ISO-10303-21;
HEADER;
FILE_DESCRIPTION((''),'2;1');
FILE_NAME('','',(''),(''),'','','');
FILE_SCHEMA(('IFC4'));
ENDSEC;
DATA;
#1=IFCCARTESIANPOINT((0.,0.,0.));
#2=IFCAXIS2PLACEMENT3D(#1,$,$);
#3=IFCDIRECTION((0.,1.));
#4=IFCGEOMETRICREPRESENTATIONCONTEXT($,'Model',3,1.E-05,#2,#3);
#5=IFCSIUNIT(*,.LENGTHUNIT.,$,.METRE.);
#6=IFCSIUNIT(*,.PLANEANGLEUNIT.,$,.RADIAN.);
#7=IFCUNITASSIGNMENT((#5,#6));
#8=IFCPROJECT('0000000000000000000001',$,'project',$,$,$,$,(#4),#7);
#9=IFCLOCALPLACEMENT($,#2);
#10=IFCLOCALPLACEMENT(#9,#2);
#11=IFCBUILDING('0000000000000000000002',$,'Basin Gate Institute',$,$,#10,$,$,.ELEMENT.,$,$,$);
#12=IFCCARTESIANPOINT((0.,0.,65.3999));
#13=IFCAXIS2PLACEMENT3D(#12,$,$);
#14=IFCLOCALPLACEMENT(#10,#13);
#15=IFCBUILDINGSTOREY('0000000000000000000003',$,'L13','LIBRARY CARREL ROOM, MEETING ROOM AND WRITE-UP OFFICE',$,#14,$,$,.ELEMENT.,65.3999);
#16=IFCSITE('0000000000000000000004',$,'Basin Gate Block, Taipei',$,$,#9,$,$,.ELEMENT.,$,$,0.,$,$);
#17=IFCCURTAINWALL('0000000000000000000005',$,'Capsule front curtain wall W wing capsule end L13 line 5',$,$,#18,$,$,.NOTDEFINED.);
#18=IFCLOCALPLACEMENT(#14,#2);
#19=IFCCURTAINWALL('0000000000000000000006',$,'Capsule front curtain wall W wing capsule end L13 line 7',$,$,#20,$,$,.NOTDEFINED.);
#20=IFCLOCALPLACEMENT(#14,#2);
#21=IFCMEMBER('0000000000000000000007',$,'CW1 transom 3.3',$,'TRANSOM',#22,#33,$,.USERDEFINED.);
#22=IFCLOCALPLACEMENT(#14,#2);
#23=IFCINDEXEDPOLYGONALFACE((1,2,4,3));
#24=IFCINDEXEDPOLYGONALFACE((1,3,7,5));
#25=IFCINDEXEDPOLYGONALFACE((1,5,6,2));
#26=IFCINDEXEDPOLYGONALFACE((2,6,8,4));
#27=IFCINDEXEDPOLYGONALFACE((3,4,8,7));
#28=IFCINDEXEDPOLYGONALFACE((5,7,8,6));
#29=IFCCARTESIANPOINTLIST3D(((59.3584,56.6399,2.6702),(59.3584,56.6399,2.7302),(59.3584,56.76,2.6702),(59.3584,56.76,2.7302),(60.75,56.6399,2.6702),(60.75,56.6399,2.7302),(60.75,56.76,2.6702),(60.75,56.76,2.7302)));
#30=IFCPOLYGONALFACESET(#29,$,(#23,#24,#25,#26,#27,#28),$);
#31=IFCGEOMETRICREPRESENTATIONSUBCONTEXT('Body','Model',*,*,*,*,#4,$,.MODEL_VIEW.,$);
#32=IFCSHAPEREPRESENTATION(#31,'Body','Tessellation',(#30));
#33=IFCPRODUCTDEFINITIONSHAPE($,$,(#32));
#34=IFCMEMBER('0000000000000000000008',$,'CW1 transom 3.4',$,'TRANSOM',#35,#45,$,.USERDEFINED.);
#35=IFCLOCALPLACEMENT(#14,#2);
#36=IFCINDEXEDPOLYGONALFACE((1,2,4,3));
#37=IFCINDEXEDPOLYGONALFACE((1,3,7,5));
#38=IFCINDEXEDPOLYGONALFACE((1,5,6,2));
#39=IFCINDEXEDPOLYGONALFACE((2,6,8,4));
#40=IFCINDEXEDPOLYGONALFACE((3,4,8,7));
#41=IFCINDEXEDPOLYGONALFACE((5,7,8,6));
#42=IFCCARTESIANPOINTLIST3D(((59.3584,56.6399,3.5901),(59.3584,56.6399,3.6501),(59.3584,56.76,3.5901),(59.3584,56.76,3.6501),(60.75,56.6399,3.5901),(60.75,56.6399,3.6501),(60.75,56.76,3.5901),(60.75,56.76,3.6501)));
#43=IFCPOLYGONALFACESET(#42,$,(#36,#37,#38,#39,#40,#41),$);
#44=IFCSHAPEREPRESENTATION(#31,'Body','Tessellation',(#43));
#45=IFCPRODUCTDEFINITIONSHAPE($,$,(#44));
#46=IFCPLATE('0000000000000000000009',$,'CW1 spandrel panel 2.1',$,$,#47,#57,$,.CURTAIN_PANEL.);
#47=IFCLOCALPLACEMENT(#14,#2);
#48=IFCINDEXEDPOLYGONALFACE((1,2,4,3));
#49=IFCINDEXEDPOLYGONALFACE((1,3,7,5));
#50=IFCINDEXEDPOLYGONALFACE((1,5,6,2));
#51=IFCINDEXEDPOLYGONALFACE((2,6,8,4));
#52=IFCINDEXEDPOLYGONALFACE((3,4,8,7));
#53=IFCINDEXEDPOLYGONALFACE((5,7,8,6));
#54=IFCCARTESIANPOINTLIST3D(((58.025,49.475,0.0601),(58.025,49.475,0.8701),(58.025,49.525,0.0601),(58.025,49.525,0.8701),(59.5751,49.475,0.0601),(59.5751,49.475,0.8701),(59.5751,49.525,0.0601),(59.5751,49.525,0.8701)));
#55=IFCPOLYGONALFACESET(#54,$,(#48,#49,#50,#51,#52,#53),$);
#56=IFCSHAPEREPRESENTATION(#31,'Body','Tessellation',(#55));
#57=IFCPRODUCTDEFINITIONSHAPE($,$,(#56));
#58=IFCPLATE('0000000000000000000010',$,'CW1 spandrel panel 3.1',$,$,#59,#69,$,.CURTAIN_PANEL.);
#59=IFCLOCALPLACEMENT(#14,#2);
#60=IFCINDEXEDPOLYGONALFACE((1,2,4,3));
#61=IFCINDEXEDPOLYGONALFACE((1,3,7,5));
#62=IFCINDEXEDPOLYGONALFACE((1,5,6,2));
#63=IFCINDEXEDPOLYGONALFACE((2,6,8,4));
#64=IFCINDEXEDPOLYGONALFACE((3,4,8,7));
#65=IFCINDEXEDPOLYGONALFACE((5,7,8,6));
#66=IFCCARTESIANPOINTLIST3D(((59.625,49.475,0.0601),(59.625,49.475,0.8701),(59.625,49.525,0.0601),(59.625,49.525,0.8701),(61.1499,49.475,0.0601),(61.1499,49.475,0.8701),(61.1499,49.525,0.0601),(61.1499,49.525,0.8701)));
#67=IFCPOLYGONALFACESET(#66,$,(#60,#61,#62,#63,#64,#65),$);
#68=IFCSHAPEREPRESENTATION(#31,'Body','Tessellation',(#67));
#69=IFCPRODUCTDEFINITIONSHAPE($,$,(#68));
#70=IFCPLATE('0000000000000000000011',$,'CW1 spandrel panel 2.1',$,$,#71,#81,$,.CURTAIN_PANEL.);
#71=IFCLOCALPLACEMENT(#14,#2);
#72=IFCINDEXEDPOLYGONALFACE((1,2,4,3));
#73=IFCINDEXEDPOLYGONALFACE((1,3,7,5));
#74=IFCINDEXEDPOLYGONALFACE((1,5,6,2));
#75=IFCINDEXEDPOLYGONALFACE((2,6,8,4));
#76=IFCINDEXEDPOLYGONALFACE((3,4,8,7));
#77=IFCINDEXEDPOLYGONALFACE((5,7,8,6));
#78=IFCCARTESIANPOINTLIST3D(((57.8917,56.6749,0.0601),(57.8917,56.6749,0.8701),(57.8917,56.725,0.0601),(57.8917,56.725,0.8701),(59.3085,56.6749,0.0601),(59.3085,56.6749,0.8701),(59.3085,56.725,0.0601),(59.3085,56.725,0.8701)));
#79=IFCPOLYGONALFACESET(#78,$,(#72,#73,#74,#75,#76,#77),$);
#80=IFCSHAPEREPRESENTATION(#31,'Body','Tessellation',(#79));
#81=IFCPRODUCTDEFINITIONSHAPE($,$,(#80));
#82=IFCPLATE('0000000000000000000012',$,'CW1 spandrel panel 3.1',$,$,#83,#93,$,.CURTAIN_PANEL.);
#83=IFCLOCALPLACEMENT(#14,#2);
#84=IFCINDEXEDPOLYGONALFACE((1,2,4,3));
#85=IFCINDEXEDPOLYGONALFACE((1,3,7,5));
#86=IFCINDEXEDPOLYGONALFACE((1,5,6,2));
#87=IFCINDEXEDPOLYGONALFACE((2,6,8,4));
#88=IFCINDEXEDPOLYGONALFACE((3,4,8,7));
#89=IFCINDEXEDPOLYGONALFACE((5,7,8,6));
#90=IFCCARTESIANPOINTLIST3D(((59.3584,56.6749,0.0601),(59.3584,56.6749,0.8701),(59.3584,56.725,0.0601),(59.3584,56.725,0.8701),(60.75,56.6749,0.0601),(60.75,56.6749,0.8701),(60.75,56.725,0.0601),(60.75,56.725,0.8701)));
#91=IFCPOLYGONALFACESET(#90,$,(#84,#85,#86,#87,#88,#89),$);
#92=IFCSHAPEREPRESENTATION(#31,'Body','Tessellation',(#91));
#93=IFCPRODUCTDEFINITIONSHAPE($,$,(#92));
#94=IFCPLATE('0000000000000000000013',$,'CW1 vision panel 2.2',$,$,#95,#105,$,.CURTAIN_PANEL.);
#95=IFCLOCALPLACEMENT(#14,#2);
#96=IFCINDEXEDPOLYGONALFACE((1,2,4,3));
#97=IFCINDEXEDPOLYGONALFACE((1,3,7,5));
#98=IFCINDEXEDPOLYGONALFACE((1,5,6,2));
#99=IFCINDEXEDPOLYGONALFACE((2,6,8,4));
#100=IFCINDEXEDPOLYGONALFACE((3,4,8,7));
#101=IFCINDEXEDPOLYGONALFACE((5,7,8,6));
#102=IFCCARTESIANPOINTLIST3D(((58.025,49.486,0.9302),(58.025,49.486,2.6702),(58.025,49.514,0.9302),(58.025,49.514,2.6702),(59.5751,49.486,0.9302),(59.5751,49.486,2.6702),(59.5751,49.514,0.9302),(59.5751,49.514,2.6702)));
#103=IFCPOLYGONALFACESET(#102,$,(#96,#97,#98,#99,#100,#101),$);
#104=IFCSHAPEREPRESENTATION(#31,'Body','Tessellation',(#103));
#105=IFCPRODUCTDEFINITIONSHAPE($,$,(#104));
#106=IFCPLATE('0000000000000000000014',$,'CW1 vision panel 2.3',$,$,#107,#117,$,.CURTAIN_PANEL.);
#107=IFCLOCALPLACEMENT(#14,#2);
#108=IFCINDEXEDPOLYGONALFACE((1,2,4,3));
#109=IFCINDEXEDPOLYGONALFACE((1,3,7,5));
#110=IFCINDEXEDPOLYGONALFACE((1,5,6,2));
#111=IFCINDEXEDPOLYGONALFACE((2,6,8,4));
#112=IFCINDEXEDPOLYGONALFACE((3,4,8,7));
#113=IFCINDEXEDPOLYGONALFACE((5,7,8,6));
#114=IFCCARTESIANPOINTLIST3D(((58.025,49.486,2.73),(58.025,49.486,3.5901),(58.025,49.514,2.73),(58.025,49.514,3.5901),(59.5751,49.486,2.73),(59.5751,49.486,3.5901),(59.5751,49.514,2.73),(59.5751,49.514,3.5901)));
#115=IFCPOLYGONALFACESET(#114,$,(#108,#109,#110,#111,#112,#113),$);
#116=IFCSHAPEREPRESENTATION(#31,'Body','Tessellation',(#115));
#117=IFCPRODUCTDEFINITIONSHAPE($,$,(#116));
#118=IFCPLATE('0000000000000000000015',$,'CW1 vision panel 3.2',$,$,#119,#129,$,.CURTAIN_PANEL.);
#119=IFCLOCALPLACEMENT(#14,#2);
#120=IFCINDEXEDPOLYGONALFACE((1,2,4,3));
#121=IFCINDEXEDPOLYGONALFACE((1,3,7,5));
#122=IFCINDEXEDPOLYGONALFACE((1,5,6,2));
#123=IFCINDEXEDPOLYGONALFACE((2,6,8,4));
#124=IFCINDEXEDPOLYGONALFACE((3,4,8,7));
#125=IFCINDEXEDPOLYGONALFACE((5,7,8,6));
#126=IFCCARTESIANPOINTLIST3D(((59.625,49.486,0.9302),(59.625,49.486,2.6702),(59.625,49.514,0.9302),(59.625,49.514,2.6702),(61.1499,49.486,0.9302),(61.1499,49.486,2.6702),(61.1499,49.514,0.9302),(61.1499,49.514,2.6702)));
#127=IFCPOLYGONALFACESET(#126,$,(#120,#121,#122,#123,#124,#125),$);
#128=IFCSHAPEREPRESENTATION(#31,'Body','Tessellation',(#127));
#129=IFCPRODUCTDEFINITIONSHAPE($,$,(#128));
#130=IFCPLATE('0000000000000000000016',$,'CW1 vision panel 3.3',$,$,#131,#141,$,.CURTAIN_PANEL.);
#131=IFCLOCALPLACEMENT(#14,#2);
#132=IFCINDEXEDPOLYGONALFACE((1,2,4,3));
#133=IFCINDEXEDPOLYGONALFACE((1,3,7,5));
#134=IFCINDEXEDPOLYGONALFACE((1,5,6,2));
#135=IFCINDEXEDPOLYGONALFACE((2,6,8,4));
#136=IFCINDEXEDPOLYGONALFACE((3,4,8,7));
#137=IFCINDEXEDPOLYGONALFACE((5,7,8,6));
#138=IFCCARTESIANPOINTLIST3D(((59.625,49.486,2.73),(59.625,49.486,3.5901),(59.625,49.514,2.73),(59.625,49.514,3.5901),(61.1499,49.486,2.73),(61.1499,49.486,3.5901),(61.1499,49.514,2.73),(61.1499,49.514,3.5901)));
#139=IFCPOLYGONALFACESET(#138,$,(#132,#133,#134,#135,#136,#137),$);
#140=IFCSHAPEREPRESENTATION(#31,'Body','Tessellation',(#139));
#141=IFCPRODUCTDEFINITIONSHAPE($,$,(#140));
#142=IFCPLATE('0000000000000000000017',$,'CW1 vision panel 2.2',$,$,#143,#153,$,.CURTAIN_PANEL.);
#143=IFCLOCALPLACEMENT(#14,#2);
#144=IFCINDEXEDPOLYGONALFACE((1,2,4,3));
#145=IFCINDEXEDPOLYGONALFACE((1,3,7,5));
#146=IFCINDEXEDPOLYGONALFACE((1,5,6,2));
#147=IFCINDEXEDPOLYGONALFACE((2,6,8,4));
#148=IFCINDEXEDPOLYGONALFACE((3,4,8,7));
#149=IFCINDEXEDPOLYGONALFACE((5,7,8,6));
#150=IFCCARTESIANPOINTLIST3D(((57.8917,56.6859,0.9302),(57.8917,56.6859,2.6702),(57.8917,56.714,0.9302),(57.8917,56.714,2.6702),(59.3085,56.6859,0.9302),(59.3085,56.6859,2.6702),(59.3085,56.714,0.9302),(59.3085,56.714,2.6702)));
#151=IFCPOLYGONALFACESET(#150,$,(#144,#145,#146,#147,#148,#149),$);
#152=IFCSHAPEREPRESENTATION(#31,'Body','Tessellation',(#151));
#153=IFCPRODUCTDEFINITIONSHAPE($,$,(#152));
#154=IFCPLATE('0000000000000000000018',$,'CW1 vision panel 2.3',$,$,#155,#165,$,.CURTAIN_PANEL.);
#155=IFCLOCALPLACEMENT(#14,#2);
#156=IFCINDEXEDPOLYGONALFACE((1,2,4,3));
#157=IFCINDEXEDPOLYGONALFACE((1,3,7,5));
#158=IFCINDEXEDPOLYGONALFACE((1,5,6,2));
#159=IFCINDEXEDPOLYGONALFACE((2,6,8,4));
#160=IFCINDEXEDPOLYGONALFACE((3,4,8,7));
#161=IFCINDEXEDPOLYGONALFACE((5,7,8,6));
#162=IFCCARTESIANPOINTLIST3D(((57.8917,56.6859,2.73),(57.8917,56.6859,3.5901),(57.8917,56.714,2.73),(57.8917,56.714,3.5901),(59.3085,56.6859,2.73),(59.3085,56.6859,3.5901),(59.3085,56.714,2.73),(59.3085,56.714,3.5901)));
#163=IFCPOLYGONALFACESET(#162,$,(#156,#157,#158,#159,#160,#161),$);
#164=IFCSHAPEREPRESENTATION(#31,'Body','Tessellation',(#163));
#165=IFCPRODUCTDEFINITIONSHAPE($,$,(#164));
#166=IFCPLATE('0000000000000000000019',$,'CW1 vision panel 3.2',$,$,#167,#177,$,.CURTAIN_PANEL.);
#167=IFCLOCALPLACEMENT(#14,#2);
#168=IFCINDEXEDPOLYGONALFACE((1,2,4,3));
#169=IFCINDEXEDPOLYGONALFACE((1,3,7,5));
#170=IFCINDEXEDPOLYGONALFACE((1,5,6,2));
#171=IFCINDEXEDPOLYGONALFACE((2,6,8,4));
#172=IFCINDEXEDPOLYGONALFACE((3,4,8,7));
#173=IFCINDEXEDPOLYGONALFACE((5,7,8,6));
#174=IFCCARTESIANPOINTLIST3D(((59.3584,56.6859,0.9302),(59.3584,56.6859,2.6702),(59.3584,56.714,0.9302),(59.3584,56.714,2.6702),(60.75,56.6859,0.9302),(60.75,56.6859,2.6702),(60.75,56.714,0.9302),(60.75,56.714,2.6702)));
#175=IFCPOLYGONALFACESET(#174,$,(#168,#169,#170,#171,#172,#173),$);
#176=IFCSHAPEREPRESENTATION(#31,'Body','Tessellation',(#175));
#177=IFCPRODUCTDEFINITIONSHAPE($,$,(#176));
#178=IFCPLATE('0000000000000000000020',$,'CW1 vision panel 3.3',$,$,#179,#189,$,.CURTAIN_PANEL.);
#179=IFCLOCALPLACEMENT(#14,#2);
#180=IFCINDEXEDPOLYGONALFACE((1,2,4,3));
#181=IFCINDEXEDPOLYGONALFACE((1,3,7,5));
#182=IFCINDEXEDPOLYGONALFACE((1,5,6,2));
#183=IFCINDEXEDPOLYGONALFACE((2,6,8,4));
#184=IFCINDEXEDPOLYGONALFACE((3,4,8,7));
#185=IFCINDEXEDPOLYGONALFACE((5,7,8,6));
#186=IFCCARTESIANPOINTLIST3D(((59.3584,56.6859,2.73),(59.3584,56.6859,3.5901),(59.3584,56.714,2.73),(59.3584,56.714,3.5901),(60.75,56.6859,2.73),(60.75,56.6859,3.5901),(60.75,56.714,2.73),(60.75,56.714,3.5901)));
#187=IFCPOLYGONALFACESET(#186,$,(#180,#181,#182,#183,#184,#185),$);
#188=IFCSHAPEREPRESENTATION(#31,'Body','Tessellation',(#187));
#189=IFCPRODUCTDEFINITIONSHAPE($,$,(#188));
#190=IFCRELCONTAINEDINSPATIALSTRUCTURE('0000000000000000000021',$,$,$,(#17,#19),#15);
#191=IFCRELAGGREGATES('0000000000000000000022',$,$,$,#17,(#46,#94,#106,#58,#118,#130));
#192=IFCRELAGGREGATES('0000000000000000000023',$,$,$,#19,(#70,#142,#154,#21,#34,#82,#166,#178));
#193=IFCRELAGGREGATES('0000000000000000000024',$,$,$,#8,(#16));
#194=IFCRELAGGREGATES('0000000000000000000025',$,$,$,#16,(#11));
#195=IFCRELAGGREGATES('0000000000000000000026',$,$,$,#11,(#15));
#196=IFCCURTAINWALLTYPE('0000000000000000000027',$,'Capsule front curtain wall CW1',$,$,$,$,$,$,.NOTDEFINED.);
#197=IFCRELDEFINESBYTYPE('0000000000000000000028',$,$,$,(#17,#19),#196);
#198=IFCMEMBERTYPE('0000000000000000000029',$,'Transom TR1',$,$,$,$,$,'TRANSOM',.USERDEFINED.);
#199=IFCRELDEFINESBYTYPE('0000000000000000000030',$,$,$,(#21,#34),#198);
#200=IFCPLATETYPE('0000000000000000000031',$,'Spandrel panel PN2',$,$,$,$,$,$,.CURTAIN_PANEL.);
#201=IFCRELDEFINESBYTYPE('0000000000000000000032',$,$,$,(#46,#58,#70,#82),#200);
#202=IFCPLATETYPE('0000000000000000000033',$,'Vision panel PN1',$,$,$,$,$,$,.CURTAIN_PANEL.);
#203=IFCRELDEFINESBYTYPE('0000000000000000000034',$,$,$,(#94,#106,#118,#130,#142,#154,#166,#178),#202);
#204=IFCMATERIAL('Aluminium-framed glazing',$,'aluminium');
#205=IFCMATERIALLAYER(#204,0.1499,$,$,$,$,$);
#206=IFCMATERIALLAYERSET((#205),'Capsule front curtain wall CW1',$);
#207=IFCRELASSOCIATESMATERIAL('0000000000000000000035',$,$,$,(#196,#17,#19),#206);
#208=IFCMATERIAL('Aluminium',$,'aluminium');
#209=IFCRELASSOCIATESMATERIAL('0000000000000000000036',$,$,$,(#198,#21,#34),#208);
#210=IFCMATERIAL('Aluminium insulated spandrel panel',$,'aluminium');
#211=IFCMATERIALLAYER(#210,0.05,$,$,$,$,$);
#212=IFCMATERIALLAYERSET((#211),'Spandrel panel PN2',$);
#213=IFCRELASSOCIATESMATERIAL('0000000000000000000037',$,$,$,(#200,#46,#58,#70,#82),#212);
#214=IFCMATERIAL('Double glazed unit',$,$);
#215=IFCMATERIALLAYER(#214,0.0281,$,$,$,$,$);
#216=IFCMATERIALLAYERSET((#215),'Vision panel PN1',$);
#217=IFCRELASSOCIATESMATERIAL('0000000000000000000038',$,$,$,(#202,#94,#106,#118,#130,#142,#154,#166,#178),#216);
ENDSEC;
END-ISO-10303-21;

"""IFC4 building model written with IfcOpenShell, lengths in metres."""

from ifc_helpers import new_model, si_unit, direction, frame, origin, origin_2d, place, context, subcontext, project, spatial, rectangle, extrude, material, layer, layer_set, material_profile, profile_set, type_object, element, aggregate, save


model = new_model("IFC4")

# Units and contexts
model_context = context("Model", 3, precision=1e-05, world=origin(), true_north=direction((0.0, 1.0)))
body_context = subcontext(model_context, "Body", "Model", "MODEL_VIEW")
ifc_project = project(units=[si_unit("LENGTHUNIT", "METRE"), si_unit("PLANEANGLEUNIT", "RADIAN")], contexts=[model_context])

# Site, building, storey
site_placement = place(None, origin())
site = spatial("IfcSite", under=ifc_project, at=site_placement, Name="Basin Gate Block, Taipei", CompositionType="ELEMENT", RefElevation=0.0)
building_placement = place(site_placement, origin())
building = spatial("IfcBuilding", under=site, at=building_placement, Name="Basin Gate Institute", CompositionType="ELEMENT")
storey_placement = place(building_placement, frame((0.0, 0.0, 65.3999)))
storey = spatial("IfcBuildingStorey", under=building, at=storey_placement, Name="L13", Description="LIBRARY CARREL ROOM, MEETING ROOM AND WRITE-UP OFFICE", CompositionType="ELEMENT", Elevation=65.3999)

# Curtain walls
ifc_material_1 = material(Name="Aluminium-framed glazing", Category="aluminium")
ifc_layer_1 = layer(ifc_material_1, 0.1499)
ifc_layer_set_1 = layer_set([ifc_layer_1], Name="Capsule front curtain wall CW1")
curtain_wall_type = type_object("IfcCurtainWallType", Name="Capsule front curtain wall CW1", PredefinedType="NOTDEFINED", material=ifc_layer_set_1)
curtain_wall_1_placement = place(storey_placement, origin())
curtain_wall_1 = element("IfcCurtainWall", 1, at=curtain_wall_1_placement, inside=storey, type_object=curtain_wall_type, material=ifc_layer_set_1, Name="Capsule front curtain wall W wing capsule end L13 line 5", PredefinedType="NOTDEFINED")
curtain_wall_2_placement = place(storey_placement, origin())
curtain_wall_2 = element("IfcCurtainWall", 2, at=curtain_wall_2_placement, inside=storey, type_object=curtain_wall_type, material=ifc_layer_set_1, Name="Capsule front curtain wall W wing capsule end L13 line 7", PredefinedType="NOTDEFINED")

# Members
ifc_material_2 = material(Name="Aluminium", Category="aluminium")
ifc_material_profile_1 = material_profile(ifc_material_2, rectangle(XDim=0.1201, YDim=0.0601, at=origin_2d()), Name="Transom TR1 120 x 60")
ifc_profile_set_1 = profile_set([ifc_material_profile_1], Name="Aluminium")
member_type_1 = type_object("IfcMemberType", Name="Transom TR1", ElementType="TRANSOM", PredefinedType="USERDEFINED", material=ifc_profile_set_1)
member_1_placement = place(storey_placement, frame((59.3584, 56.7, 2.7002), z_axis=(1.0, 0.0, 0.0), x_axis=(0.0, 1.0, 0.0)))
member_1 = element("IfcMember", 3, at=member_1_placement, type_object=member_type_1, material=ifc_profile_set_1, Name="CW1 transom 3.3", ObjectType="TRANSOM", PredefinedType="USERDEFINED", context=body_context, shape_type="SweptSolid", body=[
    extrude(rectangle(XDim=0.1201, YDim=0.0601, at=origin_2d()), origin(), (0.0, 0.0, 1.0), 1.3916),
])
member_2_placement = place(storey_placement, frame((59.3584, 56.7, 3.6201), z_axis=(1.0, 0.0, 0.0), x_axis=(0.0, 1.0, 0.0)))
member_2 = element("IfcMember", 4, at=member_2_placement, type_object=member_type_1, material=ifc_profile_set_1, Name="CW1 transom 3.4", ObjectType="TRANSOM", PredefinedType="USERDEFINED", context=body_context, shape_type="SweptSolid", body=[
    extrude(rectangle(XDim=0.1201, YDim=0.0601, at=origin_2d()), origin(), (0.0, 0.0, 1.0), 1.3916),
])

# Plates
ifc_material_3 = material(Name="Aluminium insulated spandrel panel", Category="aluminium")
ifc_layer_2 = layer(ifc_material_3, 0.05)
ifc_layer_set_2 = layer_set([ifc_layer_2], Name="Spandrel panel PN2")
plate_type_1 = type_object("IfcPlateType", Name="Spandrel panel PN2", PredefinedType="CURTAIN_PANEL", material=ifc_layer_set_2)
plate_1_placement = place(storey_placement, frame((58.8, 49.5, 0.0601), z_axis=(0.0, 0.0, 1.0), x_axis=(1.0, 0.0, 0.0)))
plate_1 = element("IfcPlate", 5, at=plate_1_placement, type_object=plate_type_1, material=ifc_layer_set_2, Name="CW1 spandrel panel 2.1", PredefinedType="CURTAIN_PANEL", context=body_context, shape_type="SweptSolid", body=[
    extrude(rectangle(XDim=1.55, YDim=0.05, at=origin_2d()), origin(), (0.0, 0.0, 1.0), 0.8101),
])
plate_2_placement = place(storey_placement, frame((60.3875, 49.5, 0.0601), z_axis=(0.0, 0.0, 1.0), x_axis=(1.0, 0.0, 0.0)))
plate_2 = element("IfcPlate", 6, at=plate_2_placement, type_object=plate_type_1, material=ifc_layer_set_2, Name="CW1 spandrel panel 3.1", PredefinedType="CURTAIN_PANEL", context=body_context, shape_type="SweptSolid", body=[
    extrude(rectangle(XDim=1.5249, YDim=0.05, at=origin_2d()), origin(), (0.0, 0.0, 1.0), 0.8101),
])
plate_3_placement = place(storey_placement, frame((58.6001, 56.7, 0.0601), z_axis=(0.0, 0.0, 1.0), x_axis=(1.0, 0.0, 0.0)))
plate_3 = element("IfcPlate", 7, at=plate_3_placement, type_object=plate_type_1, material=ifc_layer_set_2, Name="CW1 spandrel panel 2.1", PredefinedType="CURTAIN_PANEL", context=body_context, shape_type="SweptSolid", body=[
    extrude(rectangle(XDim=1.4167, YDim=0.05, at=origin_2d()), origin(), (0.0, 0.0, 1.0), 0.8101),
])
plate_4_placement = place(storey_placement, frame((60.0542, 56.7, 0.0601), z_axis=(0.0, 0.0, 1.0), x_axis=(1.0, 0.0, 0.0)))
plate_4 = element("IfcPlate", 8, at=plate_4_placement, type_object=plate_type_1, material=ifc_layer_set_2, Name="CW1 spandrel panel 3.1", PredefinedType="CURTAIN_PANEL", context=body_context, shape_type="SweptSolid", body=[
    extrude(rectangle(XDim=1.3916, YDim=0.05, at=origin_2d()), origin(), (0.0, 0.0, 1.0), 0.8101),
])
ifc_material_4 = material(Name="Double glazed unit")
ifc_layer_3 = layer(ifc_material_4, 0.0281)
ifc_layer_set_3 = layer_set([ifc_layer_3], Name="Vision panel PN1")
plate_type_2 = type_object("IfcPlateType", Name="Vision panel PN1", PredefinedType="CURTAIN_PANEL", material=ifc_layer_set_3)
plate_5_placement = place(storey_placement, frame((58.8, 49.5, 0.9302), z_axis=(0.0, 0.0, 1.0), x_axis=(1.0, 0.0, 0.0)))
plate_5 = element("IfcPlate", 9, at=plate_5_placement, type_object=plate_type_2, material=ifc_layer_set_3, Name="CW1 vision panel 2.2", PredefinedType="CURTAIN_PANEL", context=body_context, shape_type="SweptSolid", body=[
    extrude(rectangle(XDim=1.55, YDim=0.0281, at=origin_2d()), origin(), (0.0, 0.0, 1.0), 1.74),
])
plate_6_placement = place(storey_placement, frame((58.8, 49.5, 2.73), z_axis=(0.0, 0.0, 1.0), x_axis=(1.0, 0.0, 0.0)))
plate_6 = element("IfcPlate", 10, at=plate_6_placement, type_object=plate_type_2, material=ifc_layer_set_3, Name="CW1 vision panel 2.3", PredefinedType="CURTAIN_PANEL", context=body_context, shape_type="SweptSolid", body=[
    extrude(rectangle(XDim=1.55, YDim=0.0281, at=origin_2d()), origin(), (0.0, 0.0, 1.0), 0.8601),
])
plate_7_placement = place(storey_placement, frame((60.3875, 49.5, 0.9302), z_axis=(0.0, 0.0, 1.0), x_axis=(1.0, 0.0, 0.0)))
plate_7 = element("IfcPlate", 11, at=plate_7_placement, type_object=plate_type_2, material=ifc_layer_set_3, Name="CW1 vision panel 3.2", PredefinedType="CURTAIN_PANEL", context=body_context, shape_type="SweptSolid", body=[
    extrude(rectangle(XDim=1.5249, YDim=0.0281, at=origin_2d()), origin(), (0.0, 0.0, 1.0), 1.74),
])
plate_8_placement = place(storey_placement, frame((60.3875, 49.5, 2.73), z_axis=(0.0, 0.0, 1.0), x_axis=(1.0, 0.0, 0.0)))
plate_8 = element("IfcPlate", 12, at=plate_8_placement, type_object=plate_type_2, material=ifc_layer_set_3, Name="CW1 vision panel 3.3", PredefinedType="CURTAIN_PANEL", context=body_context, shape_type="SweptSolid", body=[
    extrude(rectangle(XDim=1.5249, YDim=0.0281, at=origin_2d()), origin(), (0.0, 0.0, 1.0), 0.8601),
])
aggregate(curtain_wall_1, [plate_1, plate_5, plate_6, plate_2, plate_7, plate_8])
plate_9_placement = place(storey_placement, frame((58.6001, 56.7, 0.9302), z_axis=(0.0, 0.0, 1.0), x_axis=(1.0, 0.0, 0.0)))
plate_9 = element("IfcPlate", 13, at=plate_9_placement, type_object=plate_type_2, material=ifc_layer_set_3, Name="CW1 vision panel 2.2", PredefinedType="CURTAIN_PANEL", context=body_context, shape_type="SweptSolid", body=[
    extrude(rectangle(XDim=1.4167, YDim=0.0281, at=origin_2d()), origin(), (0.0, 0.0, 1.0), 1.74),
])
plate_10_placement = place(storey_placement, frame((58.6001, 56.7, 2.73), z_axis=(0.0, 0.0, 1.0), x_axis=(1.0, 0.0, 0.0)))
plate_10 = element("IfcPlate", 14, at=plate_10_placement, type_object=plate_type_2, material=ifc_layer_set_3, Name="CW1 vision panel 2.3", PredefinedType="CURTAIN_PANEL", context=body_context, shape_type="SweptSolid", body=[
    extrude(rectangle(XDim=1.4167, YDim=0.0281, at=origin_2d()), origin(), (0.0, 0.0, 1.0), 0.8601),
])
plate_11_placement = place(storey_placement, frame((60.0542, 56.7, 0.9302), z_axis=(0.0, 0.0, 1.0), x_axis=(1.0, 0.0, 0.0)))
plate_11 = element("IfcPlate", 15, at=plate_11_placement, type_object=plate_type_2, material=ifc_layer_set_3, Name="CW1 vision panel 3.2", PredefinedType="CURTAIN_PANEL", context=body_context, shape_type="SweptSolid", body=[
    extrude(rectangle(XDim=1.3916, YDim=0.0281, at=origin_2d()), origin(), (0.0, 0.0, 1.0), 1.74),
])
plate_12_placement = place(storey_placement, frame((60.0542, 56.7, 2.73), z_axis=(0.0, 0.0, 1.0), x_axis=(1.0, 0.0, 0.0)))
plate_12 = element("IfcPlate", 16, at=plate_12_placement, type_object=plate_type_2, material=ifc_layer_set_3, Name="CW1 vision panel 3.3", PredefinedType="CURTAIN_PANEL", context=body_context, shape_type="SweptSolid", body=[
    extrude(rectangle(XDim=1.3916, YDim=0.0281, at=origin_2d()), origin(), (0.0, 0.0, 1.0), 0.8601),
])
aggregate(curtain_wall_2, [plate_3, plate_9, plate_10, member_1, member_2, plate_4, plate_11, plate_12])

save(model, "model.ifc")
